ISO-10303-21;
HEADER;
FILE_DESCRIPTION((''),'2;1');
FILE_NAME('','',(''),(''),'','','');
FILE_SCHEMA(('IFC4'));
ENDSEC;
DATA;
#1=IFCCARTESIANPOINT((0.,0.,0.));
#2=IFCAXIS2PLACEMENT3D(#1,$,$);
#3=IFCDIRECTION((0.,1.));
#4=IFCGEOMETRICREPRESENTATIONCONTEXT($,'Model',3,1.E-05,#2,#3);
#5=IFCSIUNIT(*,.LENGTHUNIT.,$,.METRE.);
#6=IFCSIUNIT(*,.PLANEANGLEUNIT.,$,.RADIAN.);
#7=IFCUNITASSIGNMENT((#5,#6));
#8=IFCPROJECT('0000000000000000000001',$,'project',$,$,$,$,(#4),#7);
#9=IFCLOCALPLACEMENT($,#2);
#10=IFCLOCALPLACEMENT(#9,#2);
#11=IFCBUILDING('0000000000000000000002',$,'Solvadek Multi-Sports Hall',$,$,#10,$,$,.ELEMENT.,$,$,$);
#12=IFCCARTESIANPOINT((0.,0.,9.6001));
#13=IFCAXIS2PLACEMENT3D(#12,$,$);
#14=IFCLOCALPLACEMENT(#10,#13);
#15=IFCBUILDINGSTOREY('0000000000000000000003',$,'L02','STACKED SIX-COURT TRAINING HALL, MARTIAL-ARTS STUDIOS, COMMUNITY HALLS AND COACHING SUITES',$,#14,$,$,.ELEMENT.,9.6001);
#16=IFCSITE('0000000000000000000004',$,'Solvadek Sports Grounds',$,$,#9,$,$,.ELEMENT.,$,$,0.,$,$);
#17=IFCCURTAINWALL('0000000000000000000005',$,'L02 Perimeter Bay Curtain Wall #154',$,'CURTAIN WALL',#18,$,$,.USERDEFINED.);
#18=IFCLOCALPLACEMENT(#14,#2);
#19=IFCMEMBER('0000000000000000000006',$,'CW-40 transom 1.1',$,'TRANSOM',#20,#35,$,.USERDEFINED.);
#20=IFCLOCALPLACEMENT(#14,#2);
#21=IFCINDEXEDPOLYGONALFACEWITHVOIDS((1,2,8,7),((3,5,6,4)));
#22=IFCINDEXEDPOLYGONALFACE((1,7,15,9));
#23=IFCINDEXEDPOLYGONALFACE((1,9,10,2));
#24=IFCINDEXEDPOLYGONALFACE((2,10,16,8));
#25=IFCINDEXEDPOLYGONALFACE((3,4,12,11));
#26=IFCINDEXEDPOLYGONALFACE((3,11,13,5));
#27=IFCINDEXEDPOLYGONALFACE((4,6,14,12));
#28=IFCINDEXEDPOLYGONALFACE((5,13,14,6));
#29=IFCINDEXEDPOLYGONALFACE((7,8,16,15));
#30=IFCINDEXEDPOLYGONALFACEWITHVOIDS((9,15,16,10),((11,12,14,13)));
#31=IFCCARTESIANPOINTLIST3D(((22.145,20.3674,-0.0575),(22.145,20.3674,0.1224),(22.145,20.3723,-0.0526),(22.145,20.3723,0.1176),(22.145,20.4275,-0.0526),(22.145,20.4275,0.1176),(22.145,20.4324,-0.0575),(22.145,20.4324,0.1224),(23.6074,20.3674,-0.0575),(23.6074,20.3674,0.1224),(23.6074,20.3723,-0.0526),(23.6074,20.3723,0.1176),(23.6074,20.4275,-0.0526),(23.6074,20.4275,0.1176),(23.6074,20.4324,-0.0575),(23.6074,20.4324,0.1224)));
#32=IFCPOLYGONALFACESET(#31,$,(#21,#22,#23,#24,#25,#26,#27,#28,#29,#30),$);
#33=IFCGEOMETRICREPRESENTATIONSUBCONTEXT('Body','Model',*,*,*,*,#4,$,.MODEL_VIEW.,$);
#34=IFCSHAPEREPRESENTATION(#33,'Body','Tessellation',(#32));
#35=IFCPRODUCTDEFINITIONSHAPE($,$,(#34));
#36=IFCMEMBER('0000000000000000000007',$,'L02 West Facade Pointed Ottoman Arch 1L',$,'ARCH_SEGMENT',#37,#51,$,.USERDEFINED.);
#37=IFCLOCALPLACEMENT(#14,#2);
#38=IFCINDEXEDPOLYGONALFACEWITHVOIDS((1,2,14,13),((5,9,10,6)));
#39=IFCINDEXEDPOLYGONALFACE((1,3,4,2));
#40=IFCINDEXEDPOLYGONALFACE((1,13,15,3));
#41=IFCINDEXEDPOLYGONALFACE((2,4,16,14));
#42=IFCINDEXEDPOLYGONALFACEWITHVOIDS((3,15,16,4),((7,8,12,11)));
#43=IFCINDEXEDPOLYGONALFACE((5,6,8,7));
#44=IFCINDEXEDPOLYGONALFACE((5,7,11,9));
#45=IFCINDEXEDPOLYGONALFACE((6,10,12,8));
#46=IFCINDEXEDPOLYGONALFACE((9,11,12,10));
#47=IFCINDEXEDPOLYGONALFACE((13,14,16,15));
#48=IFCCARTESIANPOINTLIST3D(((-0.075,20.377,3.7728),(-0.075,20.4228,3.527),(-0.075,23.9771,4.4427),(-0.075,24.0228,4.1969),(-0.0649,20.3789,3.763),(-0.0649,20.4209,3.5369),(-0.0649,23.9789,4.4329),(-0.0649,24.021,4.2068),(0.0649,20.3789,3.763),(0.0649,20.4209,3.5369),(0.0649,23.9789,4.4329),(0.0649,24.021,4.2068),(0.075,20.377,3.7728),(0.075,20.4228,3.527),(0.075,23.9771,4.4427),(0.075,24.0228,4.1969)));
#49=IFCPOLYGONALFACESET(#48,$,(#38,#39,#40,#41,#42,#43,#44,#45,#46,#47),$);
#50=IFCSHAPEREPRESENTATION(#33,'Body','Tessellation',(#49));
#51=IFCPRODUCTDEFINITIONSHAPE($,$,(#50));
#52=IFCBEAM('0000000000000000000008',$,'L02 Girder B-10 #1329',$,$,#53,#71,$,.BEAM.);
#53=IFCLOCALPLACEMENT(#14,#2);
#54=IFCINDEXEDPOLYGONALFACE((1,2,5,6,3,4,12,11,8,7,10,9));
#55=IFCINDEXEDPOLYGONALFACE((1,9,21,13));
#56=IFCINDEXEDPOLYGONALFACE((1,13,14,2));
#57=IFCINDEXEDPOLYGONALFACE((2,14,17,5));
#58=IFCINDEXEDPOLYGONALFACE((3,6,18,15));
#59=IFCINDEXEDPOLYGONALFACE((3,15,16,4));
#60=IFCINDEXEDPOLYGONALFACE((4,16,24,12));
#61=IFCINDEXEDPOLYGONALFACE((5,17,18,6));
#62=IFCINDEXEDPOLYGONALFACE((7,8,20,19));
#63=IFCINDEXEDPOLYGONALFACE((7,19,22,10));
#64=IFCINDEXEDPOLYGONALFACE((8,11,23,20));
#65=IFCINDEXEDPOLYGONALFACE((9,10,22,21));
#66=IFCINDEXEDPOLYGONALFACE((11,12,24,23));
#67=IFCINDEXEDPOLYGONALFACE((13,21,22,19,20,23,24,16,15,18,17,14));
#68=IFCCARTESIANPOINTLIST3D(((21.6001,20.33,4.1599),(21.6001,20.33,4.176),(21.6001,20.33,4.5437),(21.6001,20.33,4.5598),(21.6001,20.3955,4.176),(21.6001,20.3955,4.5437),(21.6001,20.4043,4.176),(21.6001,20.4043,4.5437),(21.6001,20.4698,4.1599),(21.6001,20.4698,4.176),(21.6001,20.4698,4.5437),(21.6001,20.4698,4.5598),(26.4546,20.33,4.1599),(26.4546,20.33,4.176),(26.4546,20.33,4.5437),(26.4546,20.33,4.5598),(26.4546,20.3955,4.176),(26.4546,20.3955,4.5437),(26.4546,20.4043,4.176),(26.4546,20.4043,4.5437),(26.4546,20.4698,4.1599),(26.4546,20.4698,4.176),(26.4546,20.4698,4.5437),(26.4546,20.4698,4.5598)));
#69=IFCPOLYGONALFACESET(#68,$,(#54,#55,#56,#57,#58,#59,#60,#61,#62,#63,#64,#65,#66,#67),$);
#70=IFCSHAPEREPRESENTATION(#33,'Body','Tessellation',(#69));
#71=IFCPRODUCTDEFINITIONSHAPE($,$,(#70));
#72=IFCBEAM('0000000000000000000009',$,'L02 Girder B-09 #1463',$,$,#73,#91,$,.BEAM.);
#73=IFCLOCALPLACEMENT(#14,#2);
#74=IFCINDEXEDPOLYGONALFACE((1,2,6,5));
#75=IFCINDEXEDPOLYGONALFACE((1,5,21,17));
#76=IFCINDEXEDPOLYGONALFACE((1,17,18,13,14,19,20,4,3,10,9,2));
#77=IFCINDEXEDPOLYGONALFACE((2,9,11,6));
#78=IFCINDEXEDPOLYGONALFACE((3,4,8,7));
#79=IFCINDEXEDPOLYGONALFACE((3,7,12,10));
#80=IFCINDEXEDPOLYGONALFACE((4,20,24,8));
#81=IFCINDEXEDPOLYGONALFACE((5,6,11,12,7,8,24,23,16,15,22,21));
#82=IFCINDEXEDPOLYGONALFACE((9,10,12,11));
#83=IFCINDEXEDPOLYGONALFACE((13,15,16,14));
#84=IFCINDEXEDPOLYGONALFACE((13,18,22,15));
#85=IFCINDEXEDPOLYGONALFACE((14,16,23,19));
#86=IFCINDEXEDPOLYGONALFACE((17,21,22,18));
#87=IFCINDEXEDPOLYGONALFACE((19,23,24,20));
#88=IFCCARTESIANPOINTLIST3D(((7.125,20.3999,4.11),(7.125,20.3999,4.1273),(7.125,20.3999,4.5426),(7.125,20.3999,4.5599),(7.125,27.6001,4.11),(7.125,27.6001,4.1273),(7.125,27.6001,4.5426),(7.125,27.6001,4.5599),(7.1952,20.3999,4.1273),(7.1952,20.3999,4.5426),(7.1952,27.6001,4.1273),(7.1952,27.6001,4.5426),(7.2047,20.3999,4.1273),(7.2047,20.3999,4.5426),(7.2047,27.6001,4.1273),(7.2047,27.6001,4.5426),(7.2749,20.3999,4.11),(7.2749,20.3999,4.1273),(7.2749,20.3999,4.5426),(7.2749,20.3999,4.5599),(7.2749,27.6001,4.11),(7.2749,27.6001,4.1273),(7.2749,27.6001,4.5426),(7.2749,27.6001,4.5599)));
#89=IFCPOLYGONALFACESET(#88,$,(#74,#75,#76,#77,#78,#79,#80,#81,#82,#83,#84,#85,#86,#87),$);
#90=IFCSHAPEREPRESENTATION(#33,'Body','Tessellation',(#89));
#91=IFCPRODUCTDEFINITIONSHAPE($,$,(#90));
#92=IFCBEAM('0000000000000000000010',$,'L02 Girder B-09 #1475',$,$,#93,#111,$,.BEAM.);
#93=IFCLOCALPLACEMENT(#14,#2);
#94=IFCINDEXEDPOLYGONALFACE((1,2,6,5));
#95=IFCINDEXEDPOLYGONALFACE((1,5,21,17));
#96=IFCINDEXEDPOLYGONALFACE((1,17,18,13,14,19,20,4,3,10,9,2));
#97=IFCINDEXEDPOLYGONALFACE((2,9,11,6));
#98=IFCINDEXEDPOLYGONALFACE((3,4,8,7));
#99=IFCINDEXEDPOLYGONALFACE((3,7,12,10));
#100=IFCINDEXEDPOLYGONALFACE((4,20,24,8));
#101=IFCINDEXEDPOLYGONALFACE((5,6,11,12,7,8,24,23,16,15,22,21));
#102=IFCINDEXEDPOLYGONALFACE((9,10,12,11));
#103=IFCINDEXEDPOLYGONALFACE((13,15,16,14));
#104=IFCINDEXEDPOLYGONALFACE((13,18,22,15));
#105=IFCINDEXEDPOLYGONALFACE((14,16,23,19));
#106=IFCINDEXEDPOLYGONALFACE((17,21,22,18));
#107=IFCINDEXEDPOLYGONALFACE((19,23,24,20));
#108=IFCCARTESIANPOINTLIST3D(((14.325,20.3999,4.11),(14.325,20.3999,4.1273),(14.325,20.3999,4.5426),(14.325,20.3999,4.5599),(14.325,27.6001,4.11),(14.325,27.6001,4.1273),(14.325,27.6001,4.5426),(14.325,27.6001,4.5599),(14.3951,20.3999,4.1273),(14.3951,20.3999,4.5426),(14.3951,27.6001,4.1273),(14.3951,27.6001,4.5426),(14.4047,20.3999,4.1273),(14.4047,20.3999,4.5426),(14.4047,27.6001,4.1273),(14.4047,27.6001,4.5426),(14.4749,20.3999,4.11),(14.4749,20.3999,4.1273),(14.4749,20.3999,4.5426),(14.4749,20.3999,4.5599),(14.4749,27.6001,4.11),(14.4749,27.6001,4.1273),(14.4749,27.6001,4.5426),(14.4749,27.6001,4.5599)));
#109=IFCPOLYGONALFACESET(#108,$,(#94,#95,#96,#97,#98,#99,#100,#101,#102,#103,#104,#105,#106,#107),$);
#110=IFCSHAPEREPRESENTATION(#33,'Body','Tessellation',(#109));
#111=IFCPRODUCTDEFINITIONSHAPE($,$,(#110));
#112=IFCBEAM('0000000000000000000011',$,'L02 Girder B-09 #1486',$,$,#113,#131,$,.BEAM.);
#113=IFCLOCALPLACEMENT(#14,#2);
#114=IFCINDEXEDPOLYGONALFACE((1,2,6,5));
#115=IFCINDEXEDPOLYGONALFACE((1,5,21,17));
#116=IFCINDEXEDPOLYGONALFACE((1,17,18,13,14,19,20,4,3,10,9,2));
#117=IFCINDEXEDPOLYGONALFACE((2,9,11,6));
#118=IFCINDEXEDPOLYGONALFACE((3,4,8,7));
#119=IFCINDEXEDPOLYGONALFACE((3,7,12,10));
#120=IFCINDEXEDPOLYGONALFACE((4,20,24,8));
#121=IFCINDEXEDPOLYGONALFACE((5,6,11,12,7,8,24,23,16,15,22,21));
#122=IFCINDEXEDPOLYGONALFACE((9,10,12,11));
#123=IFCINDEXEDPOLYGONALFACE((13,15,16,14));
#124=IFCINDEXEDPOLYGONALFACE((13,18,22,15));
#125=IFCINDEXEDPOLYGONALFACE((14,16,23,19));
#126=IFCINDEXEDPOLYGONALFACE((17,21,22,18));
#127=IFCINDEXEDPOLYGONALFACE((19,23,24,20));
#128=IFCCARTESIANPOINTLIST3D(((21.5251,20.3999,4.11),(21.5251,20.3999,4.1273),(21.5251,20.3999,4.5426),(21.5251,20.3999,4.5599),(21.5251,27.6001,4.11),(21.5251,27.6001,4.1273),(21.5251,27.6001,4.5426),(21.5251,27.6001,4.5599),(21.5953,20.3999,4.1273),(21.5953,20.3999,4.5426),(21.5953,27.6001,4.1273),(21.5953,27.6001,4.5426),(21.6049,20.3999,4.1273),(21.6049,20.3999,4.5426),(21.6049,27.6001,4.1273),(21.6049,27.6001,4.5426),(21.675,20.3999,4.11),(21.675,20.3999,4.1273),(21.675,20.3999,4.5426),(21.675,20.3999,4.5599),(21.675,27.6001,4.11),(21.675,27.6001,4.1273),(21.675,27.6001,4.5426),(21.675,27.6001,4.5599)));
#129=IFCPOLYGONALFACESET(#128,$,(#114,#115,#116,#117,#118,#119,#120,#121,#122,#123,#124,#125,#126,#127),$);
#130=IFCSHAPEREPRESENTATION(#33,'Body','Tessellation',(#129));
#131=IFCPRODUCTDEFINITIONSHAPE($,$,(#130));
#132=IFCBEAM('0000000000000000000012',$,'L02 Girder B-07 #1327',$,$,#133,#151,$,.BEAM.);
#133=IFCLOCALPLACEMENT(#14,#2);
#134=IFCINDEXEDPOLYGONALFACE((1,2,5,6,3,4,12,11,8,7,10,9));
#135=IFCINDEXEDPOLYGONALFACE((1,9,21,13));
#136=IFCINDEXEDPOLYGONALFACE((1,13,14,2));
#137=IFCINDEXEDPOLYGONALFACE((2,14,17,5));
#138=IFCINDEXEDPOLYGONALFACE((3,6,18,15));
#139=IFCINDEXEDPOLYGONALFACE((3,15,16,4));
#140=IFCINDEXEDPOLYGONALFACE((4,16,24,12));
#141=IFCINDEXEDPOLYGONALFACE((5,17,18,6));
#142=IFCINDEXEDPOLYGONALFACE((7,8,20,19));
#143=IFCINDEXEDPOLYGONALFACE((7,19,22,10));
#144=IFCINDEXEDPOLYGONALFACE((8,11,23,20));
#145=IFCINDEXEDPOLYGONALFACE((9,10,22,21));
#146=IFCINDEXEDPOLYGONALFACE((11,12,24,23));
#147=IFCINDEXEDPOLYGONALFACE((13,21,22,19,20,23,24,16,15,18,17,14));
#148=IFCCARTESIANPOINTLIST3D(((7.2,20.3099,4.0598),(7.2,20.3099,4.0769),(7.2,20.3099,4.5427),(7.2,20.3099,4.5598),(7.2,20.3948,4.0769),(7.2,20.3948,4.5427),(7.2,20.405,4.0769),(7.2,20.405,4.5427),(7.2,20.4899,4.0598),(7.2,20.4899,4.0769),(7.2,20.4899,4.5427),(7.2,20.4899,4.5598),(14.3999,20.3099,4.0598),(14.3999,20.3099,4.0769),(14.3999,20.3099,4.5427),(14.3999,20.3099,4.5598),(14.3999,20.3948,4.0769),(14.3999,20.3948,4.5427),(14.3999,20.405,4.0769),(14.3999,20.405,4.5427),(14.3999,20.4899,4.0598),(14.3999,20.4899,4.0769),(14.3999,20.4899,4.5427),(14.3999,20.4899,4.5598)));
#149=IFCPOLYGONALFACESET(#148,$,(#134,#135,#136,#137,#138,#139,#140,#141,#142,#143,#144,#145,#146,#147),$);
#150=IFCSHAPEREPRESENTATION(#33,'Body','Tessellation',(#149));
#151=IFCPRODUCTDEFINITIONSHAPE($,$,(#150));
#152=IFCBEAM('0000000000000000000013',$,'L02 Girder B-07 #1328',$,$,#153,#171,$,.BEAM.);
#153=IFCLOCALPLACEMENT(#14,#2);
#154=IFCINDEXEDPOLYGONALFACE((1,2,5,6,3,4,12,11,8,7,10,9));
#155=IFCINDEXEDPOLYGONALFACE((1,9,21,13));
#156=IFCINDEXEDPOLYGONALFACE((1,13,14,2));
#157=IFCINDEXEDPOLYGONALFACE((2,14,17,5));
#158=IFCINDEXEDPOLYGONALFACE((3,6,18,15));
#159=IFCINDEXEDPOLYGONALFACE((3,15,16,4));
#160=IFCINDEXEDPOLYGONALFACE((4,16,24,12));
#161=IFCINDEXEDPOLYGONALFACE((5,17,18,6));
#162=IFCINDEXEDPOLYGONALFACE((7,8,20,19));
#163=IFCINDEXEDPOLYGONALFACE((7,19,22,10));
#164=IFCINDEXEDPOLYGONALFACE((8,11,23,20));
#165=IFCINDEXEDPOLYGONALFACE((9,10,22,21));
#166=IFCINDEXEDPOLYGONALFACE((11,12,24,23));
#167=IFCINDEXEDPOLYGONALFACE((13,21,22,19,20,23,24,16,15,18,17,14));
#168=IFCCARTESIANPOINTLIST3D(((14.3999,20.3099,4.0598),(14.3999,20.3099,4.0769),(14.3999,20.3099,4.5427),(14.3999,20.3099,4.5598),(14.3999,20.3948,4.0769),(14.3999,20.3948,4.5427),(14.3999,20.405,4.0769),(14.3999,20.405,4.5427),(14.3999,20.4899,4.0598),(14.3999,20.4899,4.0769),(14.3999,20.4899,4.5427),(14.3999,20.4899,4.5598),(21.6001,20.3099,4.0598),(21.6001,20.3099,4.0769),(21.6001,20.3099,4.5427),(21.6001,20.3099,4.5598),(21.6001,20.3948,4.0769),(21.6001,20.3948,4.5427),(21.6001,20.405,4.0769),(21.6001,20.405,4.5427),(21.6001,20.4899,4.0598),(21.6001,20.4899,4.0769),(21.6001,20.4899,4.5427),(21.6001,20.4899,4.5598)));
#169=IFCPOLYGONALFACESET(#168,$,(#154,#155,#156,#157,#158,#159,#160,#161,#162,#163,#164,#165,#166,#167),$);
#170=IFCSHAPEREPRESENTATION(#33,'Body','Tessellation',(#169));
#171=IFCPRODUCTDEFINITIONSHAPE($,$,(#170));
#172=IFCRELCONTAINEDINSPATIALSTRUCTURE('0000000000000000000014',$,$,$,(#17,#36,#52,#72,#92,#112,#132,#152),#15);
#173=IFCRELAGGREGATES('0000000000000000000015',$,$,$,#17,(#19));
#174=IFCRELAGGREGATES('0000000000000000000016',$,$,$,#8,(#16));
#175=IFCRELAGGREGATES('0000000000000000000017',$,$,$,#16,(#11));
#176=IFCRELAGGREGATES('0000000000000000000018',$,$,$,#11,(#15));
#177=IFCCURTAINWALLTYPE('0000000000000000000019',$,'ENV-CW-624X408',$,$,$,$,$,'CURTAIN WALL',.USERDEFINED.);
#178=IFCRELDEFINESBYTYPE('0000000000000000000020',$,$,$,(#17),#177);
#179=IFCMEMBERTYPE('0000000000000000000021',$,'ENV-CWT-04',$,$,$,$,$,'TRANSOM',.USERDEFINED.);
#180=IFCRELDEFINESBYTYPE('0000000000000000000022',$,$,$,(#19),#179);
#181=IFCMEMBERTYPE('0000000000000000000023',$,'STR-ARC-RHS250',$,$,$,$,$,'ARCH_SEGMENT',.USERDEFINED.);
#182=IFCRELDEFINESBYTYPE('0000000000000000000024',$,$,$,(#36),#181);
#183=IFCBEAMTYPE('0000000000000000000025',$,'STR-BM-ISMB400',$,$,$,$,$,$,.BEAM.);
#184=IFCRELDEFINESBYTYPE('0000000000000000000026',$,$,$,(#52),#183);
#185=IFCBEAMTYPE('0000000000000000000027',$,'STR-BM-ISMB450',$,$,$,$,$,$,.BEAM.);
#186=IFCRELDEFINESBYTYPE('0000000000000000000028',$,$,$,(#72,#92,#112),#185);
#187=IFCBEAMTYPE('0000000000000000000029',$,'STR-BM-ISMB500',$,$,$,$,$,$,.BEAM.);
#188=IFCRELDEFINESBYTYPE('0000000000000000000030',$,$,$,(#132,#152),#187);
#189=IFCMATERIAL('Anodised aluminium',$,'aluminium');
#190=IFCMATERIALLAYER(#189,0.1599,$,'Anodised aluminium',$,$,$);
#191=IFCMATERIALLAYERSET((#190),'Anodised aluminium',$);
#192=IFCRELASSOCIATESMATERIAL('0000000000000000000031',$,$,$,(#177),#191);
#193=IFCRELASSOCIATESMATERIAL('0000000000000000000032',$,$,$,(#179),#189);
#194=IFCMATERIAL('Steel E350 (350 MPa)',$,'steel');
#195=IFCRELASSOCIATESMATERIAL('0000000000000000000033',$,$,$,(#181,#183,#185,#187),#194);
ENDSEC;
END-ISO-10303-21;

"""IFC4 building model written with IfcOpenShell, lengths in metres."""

from ifc_helpers import new_model, si_unit, direction, frame, origin, origin_2d, place, context, subcontext, project, spatial, hollow_rectangle, i_section, extrude, material, layer, layer_set, material_profile, profile_set, type_object, element, aggregate, save


model = new_model("IFC4")

# Units and contexts
model_context = context("Model", 3, precision=1e-05, world=origin(), true_north=direction((0.0, 1.0)))
body_context = subcontext(model_context, "Body", "Model", "MODEL_VIEW")
ifc_project = project(units=[si_unit("LENGTHUNIT", "METRE"), si_unit("PLANEANGLEUNIT", "RADIAN")], contexts=[model_context])

# Site, building, storey
site_placement = place(None, origin())
site = spatial("IfcSite", under=ifc_project, at=site_placement, Name="Solvadek Sports Grounds", CompositionType="ELEMENT", RefElevation=0.0)
building_placement = place(site_placement, origin())
building = spatial("IfcBuilding", under=site, at=building_placement, Name="Solvadek Multi-Sports Hall", CompositionType="ELEMENT")
storey_placement = place(building_placement, frame((0.0, 0.0, 9.6001)))
storey = spatial("IfcBuildingStorey", under=building, at=storey_placement, Name="L02", Description="STACKED SIX-COURT TRAINING HALL, MARTIAL-ARTS STUDIOS, COMMUNITY HALLS AND COACHING SUITES", CompositionType="ELEMENT", Elevation=9.6001)

# Shared definitions
ifc_material_1 = material(Name="Steel E350 (350 MPa)", Category="steel")

# Curtain wall
ifc_material_2 = material(Name="Anodised aluminium", Category="aluminium")
ifc_layer_1 = layer(ifc_material_2, 0.1599, Name="Anodised aluminium")
ifc_layer_set_1 = layer_set([ifc_layer_1], Name="Anodised aluminium")
curtain_wall_type_1 = type_object("IfcCurtainWallType", Name="ENV-CW-624X408", ElementType="CURTAIN WALL", PredefinedType="USERDEFINED", material=ifc_layer_set_1)
curtain_wall_1_placement = place(storey_placement, origin())
curtain_wall_1 = element("IfcCurtainWall", 1, at=curtain_wall_1_placement, inside=storey, type_object=curtain_wall_type_1, Name="L02 Perimeter Bay Curtain Wall #154", ObjectType="CURTAIN WALL", PredefinedType="USERDEFINED")

# Members
ifc_material_profile_1 = material_profile(ifc_material_2, hollow_rectangle(XDim=0.0649, YDim=0.1799, WallThickness=0.0049, at=origin_2d()), Name="ALU-T 180x65x5")
ifc_profile_set_1 = profile_set([ifc_material_profile_1], Name="Anodised aluminium")
member_type_1 = type_object("IfcMemberType", Name="ENV-CWT-04", ElementType="TRANSOM", PredefinedType="USERDEFINED", material=ifc_profile_set_1)
member_1_placement = place(storey_placement, frame((22.145, 20.3999, 0.0325), z_axis=(1.0, 0.0, 0.0), x_axis=(0.0, 1.0, 0.0)))
member_1 = element("IfcMember", 2, at=member_1_placement, type_object=member_type_1, Name="CW-40 transom 1.1", ObjectType="TRANSOM", PredefinedType="USERDEFINED", context=body_context, shape_type="SweptSolid", body=[
    extrude(hollow_rectangle(XDim=0.0649, YDim=0.1799, WallThickness=0.0049, at=origin_2d()), origin(), (0.0, 0.0, 1.0), 1.4624),
])
aggregate(curtain_wall_1, [member_1])
ifc_material_profile_2 = material_profile(ifc_material_1, hollow_rectangle(XDim=0.1499, YDim=0.25, WallThickness=0.01, at=origin_2d()), Name="RHS 250x150x10")
ifc_profile_set_2 = profile_set([ifc_material_profile_2], Name="Steel E350 (350 MPa)")
member_type_2 = type_object("IfcMemberType", Name="STR-ARC-RHS250", ElementType="ARCH_SEGMENT", PredefinedType="USERDEFINED", material=ifc_profile_set_2)
member_2_placement = place(storey_placement, frame((0.0, 20.3999, 3.6499), z_axis=(0.0, 0.983123, 0.182944), x_axis=(-1.0, 0.0, 0.0)))
element("IfcMember", 3, at=member_2_placement, inside=storey, type_object=member_type_2, Name="L02 West Facade Pointed Ottoman Arch 1L", ObjectType="ARCH_SEGMENT", PredefinedType="USERDEFINED", context=body_context, shape_type="SweptSolid", body=[
    extrude(hollow_rectangle(XDim=0.1499, YDim=0.25, WallThickness=0.01, at=origin_2d()), origin(), (0.0, 0.0, 1.0), 3.6619),
])

# Beams
ifc_material_profile_3 = material_profile(ifc_material_1, i_section(OverallWidth=0.1399, OverallDepth=0.3999, WebThickness=0.0088, FlangeThickness=0.0161, at=origin_2d()), Name="ISMB 400")
ifc_profile_set_3 = profile_set([ifc_material_profile_3], Name="Steel E350 (350 MPa)")
beam_type_1 = type_object("IfcBeamType", Name="STR-BM-ISMB400", PredefinedType="BEAM", material=ifc_profile_set_3)
beam_1_placement = place(storey_placement, frame((21.6001, 20.3999, 4.3599), z_axis=(1.0, 0.0, 0.0), x_axis=(0.0, 1.0, 0.0)))
element("IfcBeam", 4, at=beam_1_placement, inside=storey, type_object=beam_type_1, Name="L02 Girder B-10 #1329", PredefinedType="BEAM", context=body_context, shape_type="SweptSolid", body=[
    extrude(i_section(OverallWidth=0.1399, OverallDepth=0.3999, WebThickness=0.0088, FlangeThickness=0.0161, at=origin_2d()), origin(), (0.0, 0.0, 1.0), 4.8545),
])
ifc_material_profile_4 = material_profile(ifc_material_1, i_section(OverallWidth=0.1499, OverallDepth=0.45, WebThickness=0.0095, FlangeThickness=0.0173, at=origin_2d()), Name="ISMB 450")
ifc_profile_set_4 = profile_set([ifc_material_profile_4], Name="Steel E350 (350 MPa)")
beam_type_2 = type_object("IfcBeamType", Name="STR-BM-ISMB450", PredefinedType="BEAM", material=ifc_profile_set_4)
for number, where, z_axis, x_axis, name in (
    (5, (7.2, 20.3999, 4.335), (0.0, 1.0, 0.0), (-1.0, 0.0, 0.0), "L02 Girder B-09 #1463"),
    (6, (14.3999, 20.3999, 4.335), (0.0, 1.0, 0.0), (-1.0, 0.0, 0.0), "L02 Girder B-09 #1475"),
    (7, (21.6001, 20.3999, 4.335), (0.0, 1.0, 0.0), (-1.0, 0.0, 0.0), "L02 Girder B-09 #1486"),
):
    element("IfcBeam", number, at=place(storey_placement, frame(where, z_axis=z_axis, x_axis=x_axis)), inside=storey, type_object=beam_type_2, Name=name, PredefinedType="BEAM", context=body_context, shape_type="SweptSolid", body=[
        extrude(i_section(OverallWidth=0.1499, OverallDepth=0.45, WebThickness=0.0095, FlangeThickness=0.0173, at=origin_2d()), origin(), (0.0, 0.0, 1.0), 7.2002),
    ])
ifc_material_profile_5 = material_profile(ifc_material_1, i_section(OverallWidth=0.1799, OverallDepth=0.5, WebThickness=0.0103, FlangeThickness=0.0171, at=origin_2d()), Name="ISMB 500")
ifc_profile_set_5 = profile_set([ifc_material_profile_5], Name="Steel E350 (350 MPa)")
beam_type_3 = type_object("IfcBeamType", Name="STR-BM-ISMB500", PredefinedType="BEAM", material=ifc_profile_set_5)
beam_2_placement = place(storey_placement, frame((7.2, 20.3999, 4.3098), z_axis=(1.0, 0.0, 0.0), x_axis=(0.0, 1.0, 0.0)))
element("IfcBeam", 8, at=beam_2_placement, inside=storey, type_object=beam_type_3, Name="L02 Girder B-07 #1327", PredefinedType="BEAM", context=body_context, shape_type="SweptSolid", body=[
    extrude(i_section(OverallWidth=0.1799, OverallDepth=0.5, WebThickness=0.0103, FlangeThickness=0.0171, at=origin_2d()), origin(), (0.0, 0.0, 1.0), 7.2),
])
beam_3_placement = place(storey_placement, frame((14.3999, 20.3999, 4.3098), z_axis=(1.0, 0.0, 0.0), x_axis=(0.0, 1.0, 0.0)))
element("IfcBeam", 9, at=beam_3_placement, inside=storey, type_object=beam_type_3, Name="L02 Girder B-07 #1328", PredefinedType="BEAM", context=body_context, shape_type="SweptSolid", body=[
    extrude(i_section(OverallWidth=0.1799, OverallDepth=0.5, WebThickness=0.0103, FlangeThickness=0.0171, at=origin_2d()), origin(), (0.0, 0.0, 1.0), 7.2002),
])

save(model, "model.ifc")
